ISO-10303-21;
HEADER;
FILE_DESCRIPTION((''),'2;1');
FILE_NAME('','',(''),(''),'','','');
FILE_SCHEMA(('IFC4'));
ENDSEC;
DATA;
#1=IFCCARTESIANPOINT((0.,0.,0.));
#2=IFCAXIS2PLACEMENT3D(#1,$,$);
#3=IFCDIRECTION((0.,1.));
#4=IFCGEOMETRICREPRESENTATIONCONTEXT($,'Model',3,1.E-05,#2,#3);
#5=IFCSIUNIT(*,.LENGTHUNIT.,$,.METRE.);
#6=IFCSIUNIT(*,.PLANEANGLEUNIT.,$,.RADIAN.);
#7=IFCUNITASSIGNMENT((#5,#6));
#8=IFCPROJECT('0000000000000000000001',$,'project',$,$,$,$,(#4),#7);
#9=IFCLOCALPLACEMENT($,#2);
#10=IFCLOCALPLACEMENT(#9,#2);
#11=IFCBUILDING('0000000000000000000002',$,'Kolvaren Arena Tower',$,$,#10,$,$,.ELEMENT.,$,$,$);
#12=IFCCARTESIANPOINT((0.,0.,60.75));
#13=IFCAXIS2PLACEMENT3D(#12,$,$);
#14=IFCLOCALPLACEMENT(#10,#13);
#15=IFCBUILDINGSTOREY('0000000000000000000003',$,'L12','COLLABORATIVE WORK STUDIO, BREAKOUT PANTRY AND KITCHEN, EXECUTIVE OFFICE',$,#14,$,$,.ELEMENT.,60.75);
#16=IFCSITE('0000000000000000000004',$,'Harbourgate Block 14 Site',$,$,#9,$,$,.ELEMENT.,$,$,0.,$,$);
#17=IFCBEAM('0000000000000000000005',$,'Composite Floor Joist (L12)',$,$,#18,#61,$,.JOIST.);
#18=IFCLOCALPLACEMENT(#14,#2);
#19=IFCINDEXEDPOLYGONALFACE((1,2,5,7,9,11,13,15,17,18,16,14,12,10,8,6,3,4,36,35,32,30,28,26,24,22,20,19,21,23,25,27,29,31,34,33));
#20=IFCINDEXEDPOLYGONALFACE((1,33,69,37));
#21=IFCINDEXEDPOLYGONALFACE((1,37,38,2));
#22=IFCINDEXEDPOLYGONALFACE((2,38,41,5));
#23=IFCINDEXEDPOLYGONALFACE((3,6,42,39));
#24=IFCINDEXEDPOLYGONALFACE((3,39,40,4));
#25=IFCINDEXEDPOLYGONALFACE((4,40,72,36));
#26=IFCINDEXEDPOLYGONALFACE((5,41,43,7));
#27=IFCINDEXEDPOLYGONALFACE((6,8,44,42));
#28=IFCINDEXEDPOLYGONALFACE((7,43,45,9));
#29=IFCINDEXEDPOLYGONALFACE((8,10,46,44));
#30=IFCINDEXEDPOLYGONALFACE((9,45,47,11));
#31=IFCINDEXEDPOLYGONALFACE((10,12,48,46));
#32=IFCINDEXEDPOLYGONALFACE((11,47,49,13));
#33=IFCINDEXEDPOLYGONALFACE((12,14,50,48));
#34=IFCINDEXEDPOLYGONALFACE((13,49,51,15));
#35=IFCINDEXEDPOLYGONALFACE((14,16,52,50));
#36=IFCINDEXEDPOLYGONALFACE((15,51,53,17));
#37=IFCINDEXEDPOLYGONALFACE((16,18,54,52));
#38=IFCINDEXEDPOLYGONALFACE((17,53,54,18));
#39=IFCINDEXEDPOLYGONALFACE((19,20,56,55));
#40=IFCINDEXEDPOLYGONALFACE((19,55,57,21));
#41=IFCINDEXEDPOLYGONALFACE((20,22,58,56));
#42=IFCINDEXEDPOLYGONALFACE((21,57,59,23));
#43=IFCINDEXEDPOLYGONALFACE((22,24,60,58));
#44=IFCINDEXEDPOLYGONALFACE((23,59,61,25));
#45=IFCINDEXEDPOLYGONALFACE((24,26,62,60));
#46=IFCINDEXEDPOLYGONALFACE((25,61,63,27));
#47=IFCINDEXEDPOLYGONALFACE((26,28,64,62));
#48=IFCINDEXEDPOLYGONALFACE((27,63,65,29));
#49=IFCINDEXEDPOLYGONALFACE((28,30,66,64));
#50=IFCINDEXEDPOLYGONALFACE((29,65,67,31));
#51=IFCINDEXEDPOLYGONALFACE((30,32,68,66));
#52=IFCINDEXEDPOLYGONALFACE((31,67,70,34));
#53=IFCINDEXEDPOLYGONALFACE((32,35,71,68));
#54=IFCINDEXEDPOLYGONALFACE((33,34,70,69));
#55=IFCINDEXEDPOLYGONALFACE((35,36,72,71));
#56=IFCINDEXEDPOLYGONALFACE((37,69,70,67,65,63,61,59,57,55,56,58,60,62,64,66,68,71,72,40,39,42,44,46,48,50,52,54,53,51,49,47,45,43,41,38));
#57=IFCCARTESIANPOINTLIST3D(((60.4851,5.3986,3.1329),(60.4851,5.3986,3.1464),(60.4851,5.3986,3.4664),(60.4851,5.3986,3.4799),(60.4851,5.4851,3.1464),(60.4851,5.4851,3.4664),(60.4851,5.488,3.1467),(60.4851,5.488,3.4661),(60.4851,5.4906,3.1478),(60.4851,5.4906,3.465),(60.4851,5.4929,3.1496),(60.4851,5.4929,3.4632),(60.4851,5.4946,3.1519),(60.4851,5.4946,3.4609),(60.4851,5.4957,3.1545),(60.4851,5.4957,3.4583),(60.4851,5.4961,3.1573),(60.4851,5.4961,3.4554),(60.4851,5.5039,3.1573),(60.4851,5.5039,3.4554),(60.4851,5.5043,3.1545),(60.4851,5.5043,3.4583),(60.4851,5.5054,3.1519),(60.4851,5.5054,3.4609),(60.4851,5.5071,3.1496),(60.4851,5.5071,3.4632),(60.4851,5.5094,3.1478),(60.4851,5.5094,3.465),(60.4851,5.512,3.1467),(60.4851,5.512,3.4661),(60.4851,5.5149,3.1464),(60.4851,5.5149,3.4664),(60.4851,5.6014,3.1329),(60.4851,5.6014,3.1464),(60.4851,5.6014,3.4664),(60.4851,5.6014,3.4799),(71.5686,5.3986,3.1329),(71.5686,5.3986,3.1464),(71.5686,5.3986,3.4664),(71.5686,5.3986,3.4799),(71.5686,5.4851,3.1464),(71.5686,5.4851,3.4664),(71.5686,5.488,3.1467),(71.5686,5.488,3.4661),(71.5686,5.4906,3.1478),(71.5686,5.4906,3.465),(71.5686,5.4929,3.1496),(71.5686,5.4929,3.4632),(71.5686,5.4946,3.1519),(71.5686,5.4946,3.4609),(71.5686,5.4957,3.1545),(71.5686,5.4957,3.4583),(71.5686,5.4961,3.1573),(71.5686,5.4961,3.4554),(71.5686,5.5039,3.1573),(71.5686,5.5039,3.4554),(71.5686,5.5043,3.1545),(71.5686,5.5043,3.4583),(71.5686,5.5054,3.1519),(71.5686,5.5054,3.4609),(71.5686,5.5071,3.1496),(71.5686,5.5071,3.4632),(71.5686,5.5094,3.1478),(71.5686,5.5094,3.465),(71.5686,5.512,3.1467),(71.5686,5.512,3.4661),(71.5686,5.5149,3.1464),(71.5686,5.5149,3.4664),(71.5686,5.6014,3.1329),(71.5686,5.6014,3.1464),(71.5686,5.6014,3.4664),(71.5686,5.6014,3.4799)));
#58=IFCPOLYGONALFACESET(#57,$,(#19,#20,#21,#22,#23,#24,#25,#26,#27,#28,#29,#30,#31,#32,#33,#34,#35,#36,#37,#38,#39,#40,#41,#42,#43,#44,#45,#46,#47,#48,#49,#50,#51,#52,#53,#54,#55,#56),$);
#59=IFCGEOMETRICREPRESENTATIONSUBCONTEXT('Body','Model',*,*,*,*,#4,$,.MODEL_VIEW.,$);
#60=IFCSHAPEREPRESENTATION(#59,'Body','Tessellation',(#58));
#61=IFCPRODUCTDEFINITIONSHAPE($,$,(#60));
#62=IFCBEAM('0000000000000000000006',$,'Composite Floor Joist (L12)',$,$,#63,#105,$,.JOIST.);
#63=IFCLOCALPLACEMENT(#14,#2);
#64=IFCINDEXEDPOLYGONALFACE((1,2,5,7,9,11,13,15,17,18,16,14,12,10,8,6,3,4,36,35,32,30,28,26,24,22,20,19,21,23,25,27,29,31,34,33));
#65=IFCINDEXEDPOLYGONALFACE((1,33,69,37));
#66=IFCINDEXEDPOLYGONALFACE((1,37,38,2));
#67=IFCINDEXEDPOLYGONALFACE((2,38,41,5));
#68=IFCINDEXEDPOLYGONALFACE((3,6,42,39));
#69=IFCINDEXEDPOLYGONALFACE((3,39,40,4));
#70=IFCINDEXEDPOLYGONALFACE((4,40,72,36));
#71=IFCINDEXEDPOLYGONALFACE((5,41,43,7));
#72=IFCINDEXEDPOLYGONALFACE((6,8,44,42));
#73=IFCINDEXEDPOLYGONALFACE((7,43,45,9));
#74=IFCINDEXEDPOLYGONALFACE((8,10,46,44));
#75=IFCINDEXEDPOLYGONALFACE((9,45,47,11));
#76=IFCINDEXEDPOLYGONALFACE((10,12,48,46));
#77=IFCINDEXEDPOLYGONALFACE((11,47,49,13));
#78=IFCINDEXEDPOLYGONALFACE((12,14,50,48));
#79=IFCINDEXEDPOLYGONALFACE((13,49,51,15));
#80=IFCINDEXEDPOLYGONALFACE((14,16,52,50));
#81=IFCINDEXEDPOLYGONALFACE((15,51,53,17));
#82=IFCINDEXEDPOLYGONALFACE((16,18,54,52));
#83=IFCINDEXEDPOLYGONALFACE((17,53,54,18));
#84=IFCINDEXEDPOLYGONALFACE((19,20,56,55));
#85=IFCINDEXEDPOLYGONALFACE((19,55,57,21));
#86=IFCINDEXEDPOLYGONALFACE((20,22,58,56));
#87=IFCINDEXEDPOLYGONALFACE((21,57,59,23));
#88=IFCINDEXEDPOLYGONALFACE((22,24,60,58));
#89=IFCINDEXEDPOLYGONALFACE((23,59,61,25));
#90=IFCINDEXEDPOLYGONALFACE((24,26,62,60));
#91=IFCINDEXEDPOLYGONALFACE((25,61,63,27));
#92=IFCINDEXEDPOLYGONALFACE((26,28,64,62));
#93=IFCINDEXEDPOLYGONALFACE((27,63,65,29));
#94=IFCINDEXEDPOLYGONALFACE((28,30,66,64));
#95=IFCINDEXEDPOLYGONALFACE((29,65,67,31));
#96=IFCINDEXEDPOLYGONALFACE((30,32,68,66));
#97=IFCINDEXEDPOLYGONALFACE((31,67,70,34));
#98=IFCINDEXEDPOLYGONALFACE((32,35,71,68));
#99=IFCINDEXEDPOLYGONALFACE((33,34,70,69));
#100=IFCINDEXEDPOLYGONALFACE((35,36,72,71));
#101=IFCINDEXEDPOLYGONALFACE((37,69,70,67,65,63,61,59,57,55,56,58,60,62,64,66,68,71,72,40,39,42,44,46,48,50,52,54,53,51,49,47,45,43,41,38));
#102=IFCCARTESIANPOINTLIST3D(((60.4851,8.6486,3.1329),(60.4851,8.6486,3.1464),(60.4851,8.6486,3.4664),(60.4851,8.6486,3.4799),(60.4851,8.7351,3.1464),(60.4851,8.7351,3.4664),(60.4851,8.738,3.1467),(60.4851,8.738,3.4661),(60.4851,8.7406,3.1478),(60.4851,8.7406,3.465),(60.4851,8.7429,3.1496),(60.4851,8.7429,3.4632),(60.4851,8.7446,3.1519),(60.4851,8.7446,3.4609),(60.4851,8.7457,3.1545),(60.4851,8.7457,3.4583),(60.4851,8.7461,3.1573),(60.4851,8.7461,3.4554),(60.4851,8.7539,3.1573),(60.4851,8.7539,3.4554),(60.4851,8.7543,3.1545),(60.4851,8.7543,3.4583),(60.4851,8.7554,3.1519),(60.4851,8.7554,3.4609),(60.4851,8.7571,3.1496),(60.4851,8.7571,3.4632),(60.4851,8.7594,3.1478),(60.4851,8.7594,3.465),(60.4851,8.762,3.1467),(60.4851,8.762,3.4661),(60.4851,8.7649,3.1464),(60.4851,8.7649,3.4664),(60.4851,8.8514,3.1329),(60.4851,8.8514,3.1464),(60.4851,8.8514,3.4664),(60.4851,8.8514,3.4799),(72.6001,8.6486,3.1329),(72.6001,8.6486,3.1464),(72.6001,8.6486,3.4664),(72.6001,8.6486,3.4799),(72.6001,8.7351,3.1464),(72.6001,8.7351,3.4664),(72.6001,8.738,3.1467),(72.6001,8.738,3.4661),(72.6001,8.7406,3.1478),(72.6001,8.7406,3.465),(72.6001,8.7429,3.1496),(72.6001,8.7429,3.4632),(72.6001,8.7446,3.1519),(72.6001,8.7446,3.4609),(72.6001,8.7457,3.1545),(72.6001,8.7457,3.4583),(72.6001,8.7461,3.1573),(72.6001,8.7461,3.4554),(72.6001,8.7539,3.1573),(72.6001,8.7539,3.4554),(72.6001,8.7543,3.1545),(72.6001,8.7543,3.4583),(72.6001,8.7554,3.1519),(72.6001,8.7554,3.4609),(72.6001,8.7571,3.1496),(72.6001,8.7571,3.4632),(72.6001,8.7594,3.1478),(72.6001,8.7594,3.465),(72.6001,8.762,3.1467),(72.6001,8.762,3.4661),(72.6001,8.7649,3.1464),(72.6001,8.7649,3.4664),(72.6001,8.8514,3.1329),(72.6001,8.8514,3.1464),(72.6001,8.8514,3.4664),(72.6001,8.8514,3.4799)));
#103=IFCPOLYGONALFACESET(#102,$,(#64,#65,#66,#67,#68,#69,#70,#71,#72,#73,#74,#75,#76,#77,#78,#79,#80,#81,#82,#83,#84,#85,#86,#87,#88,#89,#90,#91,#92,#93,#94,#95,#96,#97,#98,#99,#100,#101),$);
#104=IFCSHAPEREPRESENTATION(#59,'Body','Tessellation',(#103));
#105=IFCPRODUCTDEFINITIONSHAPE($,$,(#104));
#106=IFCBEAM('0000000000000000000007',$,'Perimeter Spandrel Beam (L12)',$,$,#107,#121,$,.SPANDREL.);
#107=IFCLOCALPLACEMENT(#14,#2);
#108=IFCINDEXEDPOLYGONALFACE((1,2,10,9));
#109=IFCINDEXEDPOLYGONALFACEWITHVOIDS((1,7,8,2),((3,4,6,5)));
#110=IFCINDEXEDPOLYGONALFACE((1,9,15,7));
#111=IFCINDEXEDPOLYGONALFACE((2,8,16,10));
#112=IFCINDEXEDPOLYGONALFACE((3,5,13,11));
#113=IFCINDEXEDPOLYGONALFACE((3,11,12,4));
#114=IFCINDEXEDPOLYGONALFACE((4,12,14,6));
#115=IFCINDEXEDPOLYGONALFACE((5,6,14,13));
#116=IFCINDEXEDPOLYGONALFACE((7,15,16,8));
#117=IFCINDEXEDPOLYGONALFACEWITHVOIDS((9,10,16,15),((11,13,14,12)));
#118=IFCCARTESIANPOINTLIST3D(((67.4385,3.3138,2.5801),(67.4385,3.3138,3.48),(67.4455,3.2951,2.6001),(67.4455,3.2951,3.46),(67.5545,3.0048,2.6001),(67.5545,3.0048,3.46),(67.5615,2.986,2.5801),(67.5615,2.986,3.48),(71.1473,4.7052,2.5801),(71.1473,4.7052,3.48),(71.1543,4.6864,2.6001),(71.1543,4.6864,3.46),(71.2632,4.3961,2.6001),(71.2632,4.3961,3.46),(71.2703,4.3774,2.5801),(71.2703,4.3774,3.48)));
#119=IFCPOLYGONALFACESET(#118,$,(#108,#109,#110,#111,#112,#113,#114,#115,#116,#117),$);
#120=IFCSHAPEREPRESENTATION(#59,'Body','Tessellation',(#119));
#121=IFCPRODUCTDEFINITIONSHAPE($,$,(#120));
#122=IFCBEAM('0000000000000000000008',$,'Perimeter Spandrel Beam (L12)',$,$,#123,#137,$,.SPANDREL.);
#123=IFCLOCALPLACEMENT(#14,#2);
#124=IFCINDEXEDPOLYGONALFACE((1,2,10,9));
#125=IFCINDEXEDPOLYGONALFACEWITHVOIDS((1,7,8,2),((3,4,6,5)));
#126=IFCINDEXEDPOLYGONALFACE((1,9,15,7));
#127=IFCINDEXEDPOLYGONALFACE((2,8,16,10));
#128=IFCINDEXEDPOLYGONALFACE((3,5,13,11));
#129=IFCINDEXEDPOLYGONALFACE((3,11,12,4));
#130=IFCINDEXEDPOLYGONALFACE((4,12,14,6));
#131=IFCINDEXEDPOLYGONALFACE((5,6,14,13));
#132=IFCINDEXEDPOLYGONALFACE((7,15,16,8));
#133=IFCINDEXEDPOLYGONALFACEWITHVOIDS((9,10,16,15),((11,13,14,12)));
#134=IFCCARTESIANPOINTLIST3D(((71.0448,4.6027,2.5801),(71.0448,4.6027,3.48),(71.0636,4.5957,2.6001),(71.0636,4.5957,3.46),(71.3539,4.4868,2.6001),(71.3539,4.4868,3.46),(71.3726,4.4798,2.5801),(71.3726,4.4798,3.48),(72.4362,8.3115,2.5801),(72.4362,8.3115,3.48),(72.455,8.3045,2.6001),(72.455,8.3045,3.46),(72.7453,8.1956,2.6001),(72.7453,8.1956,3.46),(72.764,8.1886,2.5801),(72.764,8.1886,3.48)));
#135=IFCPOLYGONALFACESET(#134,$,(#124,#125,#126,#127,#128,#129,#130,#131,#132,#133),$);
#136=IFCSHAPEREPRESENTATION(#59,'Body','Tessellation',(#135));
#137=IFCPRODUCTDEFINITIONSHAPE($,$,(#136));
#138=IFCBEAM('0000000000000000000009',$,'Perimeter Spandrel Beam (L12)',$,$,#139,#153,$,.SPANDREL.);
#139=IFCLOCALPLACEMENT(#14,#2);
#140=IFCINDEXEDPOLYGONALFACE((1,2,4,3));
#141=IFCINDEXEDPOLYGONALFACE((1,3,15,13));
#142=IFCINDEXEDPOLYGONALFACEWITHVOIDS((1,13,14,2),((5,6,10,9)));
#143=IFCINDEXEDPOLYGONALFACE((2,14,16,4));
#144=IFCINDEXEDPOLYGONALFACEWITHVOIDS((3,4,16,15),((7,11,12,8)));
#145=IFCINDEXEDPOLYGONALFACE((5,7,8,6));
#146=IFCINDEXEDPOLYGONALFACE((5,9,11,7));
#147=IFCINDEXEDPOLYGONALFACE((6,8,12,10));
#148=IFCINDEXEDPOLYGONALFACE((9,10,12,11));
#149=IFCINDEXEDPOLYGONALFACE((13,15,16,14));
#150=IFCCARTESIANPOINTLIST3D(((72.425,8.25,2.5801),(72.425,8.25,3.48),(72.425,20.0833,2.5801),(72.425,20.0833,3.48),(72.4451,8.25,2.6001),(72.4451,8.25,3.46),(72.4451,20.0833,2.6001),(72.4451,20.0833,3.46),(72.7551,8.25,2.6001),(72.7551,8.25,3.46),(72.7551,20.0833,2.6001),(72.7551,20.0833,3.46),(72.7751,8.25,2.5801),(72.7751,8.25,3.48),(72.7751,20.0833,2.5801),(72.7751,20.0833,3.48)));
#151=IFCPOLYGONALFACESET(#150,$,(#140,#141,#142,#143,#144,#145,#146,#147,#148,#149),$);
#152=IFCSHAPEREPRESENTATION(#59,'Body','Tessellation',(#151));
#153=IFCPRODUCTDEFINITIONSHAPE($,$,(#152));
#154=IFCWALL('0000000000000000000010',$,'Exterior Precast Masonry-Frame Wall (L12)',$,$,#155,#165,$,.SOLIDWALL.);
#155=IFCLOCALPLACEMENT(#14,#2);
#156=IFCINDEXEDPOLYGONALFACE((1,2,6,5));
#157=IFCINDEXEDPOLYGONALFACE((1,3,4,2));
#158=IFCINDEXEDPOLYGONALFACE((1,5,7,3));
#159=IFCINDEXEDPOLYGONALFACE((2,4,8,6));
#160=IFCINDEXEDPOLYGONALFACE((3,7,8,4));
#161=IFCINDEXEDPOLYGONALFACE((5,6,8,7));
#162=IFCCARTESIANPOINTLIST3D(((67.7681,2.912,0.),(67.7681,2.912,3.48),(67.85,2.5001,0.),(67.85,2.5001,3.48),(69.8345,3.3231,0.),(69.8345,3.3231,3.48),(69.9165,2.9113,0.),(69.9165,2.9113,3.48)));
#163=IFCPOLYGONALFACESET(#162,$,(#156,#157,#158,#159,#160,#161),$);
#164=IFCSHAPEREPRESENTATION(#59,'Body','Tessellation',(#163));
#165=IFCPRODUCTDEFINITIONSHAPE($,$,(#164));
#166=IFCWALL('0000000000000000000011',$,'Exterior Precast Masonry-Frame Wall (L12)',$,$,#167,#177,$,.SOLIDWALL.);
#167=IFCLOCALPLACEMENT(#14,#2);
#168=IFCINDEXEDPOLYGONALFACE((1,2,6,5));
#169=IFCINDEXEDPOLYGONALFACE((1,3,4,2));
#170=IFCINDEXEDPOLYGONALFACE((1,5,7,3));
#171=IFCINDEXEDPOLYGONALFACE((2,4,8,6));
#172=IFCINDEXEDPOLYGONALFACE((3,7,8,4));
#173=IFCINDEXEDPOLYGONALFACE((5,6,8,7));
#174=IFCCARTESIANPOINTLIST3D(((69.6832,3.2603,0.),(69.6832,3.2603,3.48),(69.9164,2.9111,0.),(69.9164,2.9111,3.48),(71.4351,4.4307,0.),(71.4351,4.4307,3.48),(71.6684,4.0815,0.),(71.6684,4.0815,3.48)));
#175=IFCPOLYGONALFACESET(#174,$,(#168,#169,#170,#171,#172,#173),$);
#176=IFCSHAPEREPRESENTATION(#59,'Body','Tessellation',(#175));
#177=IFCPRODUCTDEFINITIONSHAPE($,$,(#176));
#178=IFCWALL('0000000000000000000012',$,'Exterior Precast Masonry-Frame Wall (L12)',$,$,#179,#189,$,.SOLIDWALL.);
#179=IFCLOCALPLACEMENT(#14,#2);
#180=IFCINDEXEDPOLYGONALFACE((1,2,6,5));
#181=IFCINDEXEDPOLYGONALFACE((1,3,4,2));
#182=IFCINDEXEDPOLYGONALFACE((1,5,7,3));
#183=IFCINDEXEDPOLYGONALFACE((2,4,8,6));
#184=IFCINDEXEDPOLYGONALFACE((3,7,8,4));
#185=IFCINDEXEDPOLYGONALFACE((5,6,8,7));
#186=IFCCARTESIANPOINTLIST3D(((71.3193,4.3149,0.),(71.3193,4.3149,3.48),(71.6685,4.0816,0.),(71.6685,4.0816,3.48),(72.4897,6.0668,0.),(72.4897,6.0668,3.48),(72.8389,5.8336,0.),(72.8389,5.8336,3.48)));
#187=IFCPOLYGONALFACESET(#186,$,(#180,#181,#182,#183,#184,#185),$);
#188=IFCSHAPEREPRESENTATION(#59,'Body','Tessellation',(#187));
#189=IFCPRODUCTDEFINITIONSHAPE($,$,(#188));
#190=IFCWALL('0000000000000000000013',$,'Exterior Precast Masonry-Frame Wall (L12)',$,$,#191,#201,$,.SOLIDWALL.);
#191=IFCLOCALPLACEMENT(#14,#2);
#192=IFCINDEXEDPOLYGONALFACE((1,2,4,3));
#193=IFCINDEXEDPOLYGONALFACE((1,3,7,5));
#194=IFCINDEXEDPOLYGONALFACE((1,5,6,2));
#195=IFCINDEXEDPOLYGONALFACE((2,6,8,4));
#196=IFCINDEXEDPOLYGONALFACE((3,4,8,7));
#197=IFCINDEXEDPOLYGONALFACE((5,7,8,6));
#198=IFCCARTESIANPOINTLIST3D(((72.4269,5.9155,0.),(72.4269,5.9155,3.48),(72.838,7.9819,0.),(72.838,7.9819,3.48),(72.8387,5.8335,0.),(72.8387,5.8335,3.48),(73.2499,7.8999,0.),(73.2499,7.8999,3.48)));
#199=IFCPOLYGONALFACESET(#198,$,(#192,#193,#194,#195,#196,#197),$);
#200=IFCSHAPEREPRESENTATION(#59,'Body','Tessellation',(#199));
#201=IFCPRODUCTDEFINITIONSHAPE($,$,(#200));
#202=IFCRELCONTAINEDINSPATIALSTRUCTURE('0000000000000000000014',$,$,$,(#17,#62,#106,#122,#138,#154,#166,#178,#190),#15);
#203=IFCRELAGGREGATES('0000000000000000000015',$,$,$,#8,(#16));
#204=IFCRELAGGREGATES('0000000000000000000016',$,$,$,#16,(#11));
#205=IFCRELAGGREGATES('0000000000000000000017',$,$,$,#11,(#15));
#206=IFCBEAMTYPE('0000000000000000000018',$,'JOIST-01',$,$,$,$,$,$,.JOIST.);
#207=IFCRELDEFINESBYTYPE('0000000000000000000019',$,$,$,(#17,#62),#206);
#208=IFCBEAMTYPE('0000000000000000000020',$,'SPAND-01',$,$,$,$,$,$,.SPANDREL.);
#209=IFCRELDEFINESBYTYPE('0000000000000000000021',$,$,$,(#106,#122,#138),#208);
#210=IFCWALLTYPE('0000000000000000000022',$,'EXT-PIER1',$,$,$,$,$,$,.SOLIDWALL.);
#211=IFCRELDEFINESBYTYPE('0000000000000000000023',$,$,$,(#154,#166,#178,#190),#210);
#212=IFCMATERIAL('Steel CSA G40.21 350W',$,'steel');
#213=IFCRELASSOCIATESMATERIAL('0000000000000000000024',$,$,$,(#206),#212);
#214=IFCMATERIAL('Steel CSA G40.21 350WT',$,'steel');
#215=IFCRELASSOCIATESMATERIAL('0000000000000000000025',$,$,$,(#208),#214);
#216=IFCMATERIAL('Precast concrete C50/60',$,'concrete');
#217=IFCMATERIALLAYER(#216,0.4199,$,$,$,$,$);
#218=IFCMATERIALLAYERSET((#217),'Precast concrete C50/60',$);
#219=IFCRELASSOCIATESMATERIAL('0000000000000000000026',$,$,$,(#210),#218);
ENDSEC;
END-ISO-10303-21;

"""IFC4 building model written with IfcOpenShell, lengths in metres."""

from ifc_helpers import new_model, si_unit, direction, frame, frame_2d, origin, origin_2d, place, context, subcontext, project, spatial, rectangle, hollow_rectangle, i_section, extrude, material, layer, layer_set, material_profile, profile_set, type_object, element, save


model = new_model("IFC4")

# Units and contexts
model_context = context("Model", 3, precision=1e-05, world=origin(), true_north=direction((0.0, 1.0)))
body_context = subcontext(model_context, "Body", "Model", "MODEL_VIEW")
ifc_project = project(units=[si_unit("LENGTHUNIT", "METRE"), si_unit("PLANEANGLEUNIT", "RADIAN")], contexts=[model_context])

# Site, building, storey
site_placement = place(None, origin())
site = spatial("IfcSite", under=ifc_project, at=site_placement, Name="Harbourgate Block 14 Site", CompositionType="ELEMENT", RefElevation=0.0)
building_placement = place(site_placement, origin())
building = spatial("IfcBuilding", under=site, at=building_placement, Name="Kolvaren Arena Tower", CompositionType="ELEMENT")
storey_placement = place(building_placement, frame((0.0, 0.0, 60.75)))
storey = spatial("IfcBuildingStorey", under=building, at=storey_placement, Name="L12", Description="COLLABORATIVE WORK STUDIO, BREAKOUT PANTRY AND KITCHEN, EXECUTIVE OFFICE", CompositionType="ELEMENT", Elevation=60.75)

# Beams
ifc_material_1 = material(Name="Steel CSA G40.21 350W", Category="steel")
ifc_material_profile_1 = material_profile(ifc_material_1, i_section(OverallWidth=0.2029, OverallDepth=0.3469, WebThickness=0.0078, FlangeThickness=0.0134, FilletRadius=0.011, at=origin_2d()), Name="W360x64")
ifc_profile_set_1 = profile_set([ifc_material_profile_1], Name="Steel CSA G40.21 350W")
beam_type_1 = type_object("IfcBeamType", Name="JOIST-01", PredefinedType="JOIST", material=ifc_profile_set_1)
beam_1_placement = place(storey_placement, frame((60.4851, 5.5, 3.3064), z_axis=(1.0, 0.0, 0.0), x_axis=(0.0, 1.0, 0.0)))
element("IfcBeam", 1, at=beam_1_placement, inside=storey, type_object=beam_type_1, Name="Composite Floor Joist (L12)", PredefinedType="JOIST", context=body_context, shape_type="SweptSolid", body=[
    extrude(i_section(OverallWidth=0.2029, OverallDepth=0.3469, WebThickness=0.0078, FlangeThickness=0.0134, FilletRadius=0.011, at=origin_2d()), origin(), (0.0, 0.0, 1.0), 11.0835),
])
beam_2_placement = place(storey_placement, frame((60.4851, 8.75, 3.3064), z_axis=(1.0, 0.0, 0.0), x_axis=(0.0, 1.0, 0.0)))
element("IfcBeam", 2, at=beam_2_placement, inside=storey, type_object=beam_type_1, Name="Composite Floor Joist (L12)", PredefinedType="JOIST", context=body_context, shape_type="SweptSolid", body=[
    extrude(i_section(OverallWidth=0.2029, OverallDepth=0.3469, WebThickness=0.0078, FlangeThickness=0.0134, FilletRadius=0.011, at=origin_2d()), origin(), (0.0, 0.0, 1.0), 12.115),
])
ifc_material_2 = material(Name="Steel CSA G40.21 350WT", Category="steel")
ifc_material_profile_2 = material_profile(ifc_material_2, hollow_rectangle(XDim=0.3501, YDim=0.8999, WallThickness=0.02, at=origin_2d()), Name="HSS 900x350x20")
ifc_profile_set_2 = profile_set([ifc_material_profile_2], Name="Steel CSA G40.21 350WT")
beam_type_2 = type_object("IfcBeamType", Name="SPAND-01", PredefinedType="SPANDREL", material=ifc_profile_set_2)
for number, where, z_axis, x_axis, name in (
    (3, (67.5, 3.1499, 3.03), (0.936281, 0.351252, 0.0), (-0.351252, 0.936281, 0.0), "Perimeter Spandrel Beam (L12)"),
    (4, (71.2087, 4.5413, 3.03), (0.351252, 0.936281, 0.0), (-0.936281, 0.351252, 0.0), "Perimeter Spandrel Beam (L12)"),
):
    element("IfcBeam", number, at=place(storey_placement, frame(where, z_axis=z_axis, x_axis=x_axis)), inside=storey, type_object=beam_type_2, Name=name, PredefinedType="SPANDREL", context=body_context, shape_type="SweptSolid", body=[
        extrude(hollow_rectangle(XDim=0.3501, YDim=0.8999, WallThickness=0.02, at=origin_2d()), origin(), (0.0, 0.0, 1.0), 3.9612),
    ])
beam_3_placement = place(storey_placement, frame((72.6001, 8.25, 3.03), z_axis=(0.0, 1.0, 0.0), x_axis=(-1.0, 0.0, 0.0)))
element("IfcBeam", 5, at=beam_3_placement, inside=storey, type_object=beam_type_2, Name="Perimeter Spandrel Beam (L12)", PredefinedType="SPANDREL", context=body_context, shape_type="SweptSolid", body=[
    extrude(hollow_rectangle(XDim=0.3501, YDim=0.8999, WallThickness=0.02, at=origin_2d()), origin(), (0.0, 0.0, 1.0), 11.8333),
])

# Walls
ifc_material_3 = material(Name="Precast concrete C50/60", Category="concrete")
ifc_layer_1 = layer(ifc_material_3, 0.4199)
ifc_layer_set_1 = layer_set([ifc_layer_1], Name="Precast concrete C50/60")
wall_type_1 = type_object("IfcWallType", Name="EXT-PIER1", PredefinedType="SOLIDWALL", material=ifc_layer_set_1)
for number, where, z_axis, x_axis, name in (
    (6, (69.8755, 3.1172, 0.0), (0.0, 0.0, 1.0), (-0.980776, -0.195136, 0.0), "Exterior Precast Masonry-Frame Wall (L12)"),
    (7, (71.5518, 4.2561, 0.0), (0.0, 0.0, 1.0), (-0.831515, -0.555502, 0.0), "Exterior Precast Masonry-Frame Wall (L12)"),
    (8, (72.6643, 5.9502, 0.0), (0.0, 0.0, 1.0), (-0.555502, -0.831515, 0.0), "Exterior Precast Masonry-Frame Wall (L12)"),
    (9, (73.0439, 7.9409, 0.0), (0.0, 0.0, 1.0), (-0.195136, -0.980776, 0.0), "Exterior Precast Masonry-Frame Wall (L12)"),
):
    element("IfcWall", number, at=place(storey_placement, frame(where, z_axis=z_axis, x_axis=x_axis)), inside=storey, type_object=wall_type_1, Name=name, PredefinedType="SOLIDWALL", context=body_context, shape_type="SweptSolid", body=[
        extrude(rectangle(XDim=2.1069, YDim=0.4199, at=frame_2d((1.0535, 0.0))), origin(), (0.0, 0.0, 1.0), 3.48),
    ])

save(model, "model.ifc")
